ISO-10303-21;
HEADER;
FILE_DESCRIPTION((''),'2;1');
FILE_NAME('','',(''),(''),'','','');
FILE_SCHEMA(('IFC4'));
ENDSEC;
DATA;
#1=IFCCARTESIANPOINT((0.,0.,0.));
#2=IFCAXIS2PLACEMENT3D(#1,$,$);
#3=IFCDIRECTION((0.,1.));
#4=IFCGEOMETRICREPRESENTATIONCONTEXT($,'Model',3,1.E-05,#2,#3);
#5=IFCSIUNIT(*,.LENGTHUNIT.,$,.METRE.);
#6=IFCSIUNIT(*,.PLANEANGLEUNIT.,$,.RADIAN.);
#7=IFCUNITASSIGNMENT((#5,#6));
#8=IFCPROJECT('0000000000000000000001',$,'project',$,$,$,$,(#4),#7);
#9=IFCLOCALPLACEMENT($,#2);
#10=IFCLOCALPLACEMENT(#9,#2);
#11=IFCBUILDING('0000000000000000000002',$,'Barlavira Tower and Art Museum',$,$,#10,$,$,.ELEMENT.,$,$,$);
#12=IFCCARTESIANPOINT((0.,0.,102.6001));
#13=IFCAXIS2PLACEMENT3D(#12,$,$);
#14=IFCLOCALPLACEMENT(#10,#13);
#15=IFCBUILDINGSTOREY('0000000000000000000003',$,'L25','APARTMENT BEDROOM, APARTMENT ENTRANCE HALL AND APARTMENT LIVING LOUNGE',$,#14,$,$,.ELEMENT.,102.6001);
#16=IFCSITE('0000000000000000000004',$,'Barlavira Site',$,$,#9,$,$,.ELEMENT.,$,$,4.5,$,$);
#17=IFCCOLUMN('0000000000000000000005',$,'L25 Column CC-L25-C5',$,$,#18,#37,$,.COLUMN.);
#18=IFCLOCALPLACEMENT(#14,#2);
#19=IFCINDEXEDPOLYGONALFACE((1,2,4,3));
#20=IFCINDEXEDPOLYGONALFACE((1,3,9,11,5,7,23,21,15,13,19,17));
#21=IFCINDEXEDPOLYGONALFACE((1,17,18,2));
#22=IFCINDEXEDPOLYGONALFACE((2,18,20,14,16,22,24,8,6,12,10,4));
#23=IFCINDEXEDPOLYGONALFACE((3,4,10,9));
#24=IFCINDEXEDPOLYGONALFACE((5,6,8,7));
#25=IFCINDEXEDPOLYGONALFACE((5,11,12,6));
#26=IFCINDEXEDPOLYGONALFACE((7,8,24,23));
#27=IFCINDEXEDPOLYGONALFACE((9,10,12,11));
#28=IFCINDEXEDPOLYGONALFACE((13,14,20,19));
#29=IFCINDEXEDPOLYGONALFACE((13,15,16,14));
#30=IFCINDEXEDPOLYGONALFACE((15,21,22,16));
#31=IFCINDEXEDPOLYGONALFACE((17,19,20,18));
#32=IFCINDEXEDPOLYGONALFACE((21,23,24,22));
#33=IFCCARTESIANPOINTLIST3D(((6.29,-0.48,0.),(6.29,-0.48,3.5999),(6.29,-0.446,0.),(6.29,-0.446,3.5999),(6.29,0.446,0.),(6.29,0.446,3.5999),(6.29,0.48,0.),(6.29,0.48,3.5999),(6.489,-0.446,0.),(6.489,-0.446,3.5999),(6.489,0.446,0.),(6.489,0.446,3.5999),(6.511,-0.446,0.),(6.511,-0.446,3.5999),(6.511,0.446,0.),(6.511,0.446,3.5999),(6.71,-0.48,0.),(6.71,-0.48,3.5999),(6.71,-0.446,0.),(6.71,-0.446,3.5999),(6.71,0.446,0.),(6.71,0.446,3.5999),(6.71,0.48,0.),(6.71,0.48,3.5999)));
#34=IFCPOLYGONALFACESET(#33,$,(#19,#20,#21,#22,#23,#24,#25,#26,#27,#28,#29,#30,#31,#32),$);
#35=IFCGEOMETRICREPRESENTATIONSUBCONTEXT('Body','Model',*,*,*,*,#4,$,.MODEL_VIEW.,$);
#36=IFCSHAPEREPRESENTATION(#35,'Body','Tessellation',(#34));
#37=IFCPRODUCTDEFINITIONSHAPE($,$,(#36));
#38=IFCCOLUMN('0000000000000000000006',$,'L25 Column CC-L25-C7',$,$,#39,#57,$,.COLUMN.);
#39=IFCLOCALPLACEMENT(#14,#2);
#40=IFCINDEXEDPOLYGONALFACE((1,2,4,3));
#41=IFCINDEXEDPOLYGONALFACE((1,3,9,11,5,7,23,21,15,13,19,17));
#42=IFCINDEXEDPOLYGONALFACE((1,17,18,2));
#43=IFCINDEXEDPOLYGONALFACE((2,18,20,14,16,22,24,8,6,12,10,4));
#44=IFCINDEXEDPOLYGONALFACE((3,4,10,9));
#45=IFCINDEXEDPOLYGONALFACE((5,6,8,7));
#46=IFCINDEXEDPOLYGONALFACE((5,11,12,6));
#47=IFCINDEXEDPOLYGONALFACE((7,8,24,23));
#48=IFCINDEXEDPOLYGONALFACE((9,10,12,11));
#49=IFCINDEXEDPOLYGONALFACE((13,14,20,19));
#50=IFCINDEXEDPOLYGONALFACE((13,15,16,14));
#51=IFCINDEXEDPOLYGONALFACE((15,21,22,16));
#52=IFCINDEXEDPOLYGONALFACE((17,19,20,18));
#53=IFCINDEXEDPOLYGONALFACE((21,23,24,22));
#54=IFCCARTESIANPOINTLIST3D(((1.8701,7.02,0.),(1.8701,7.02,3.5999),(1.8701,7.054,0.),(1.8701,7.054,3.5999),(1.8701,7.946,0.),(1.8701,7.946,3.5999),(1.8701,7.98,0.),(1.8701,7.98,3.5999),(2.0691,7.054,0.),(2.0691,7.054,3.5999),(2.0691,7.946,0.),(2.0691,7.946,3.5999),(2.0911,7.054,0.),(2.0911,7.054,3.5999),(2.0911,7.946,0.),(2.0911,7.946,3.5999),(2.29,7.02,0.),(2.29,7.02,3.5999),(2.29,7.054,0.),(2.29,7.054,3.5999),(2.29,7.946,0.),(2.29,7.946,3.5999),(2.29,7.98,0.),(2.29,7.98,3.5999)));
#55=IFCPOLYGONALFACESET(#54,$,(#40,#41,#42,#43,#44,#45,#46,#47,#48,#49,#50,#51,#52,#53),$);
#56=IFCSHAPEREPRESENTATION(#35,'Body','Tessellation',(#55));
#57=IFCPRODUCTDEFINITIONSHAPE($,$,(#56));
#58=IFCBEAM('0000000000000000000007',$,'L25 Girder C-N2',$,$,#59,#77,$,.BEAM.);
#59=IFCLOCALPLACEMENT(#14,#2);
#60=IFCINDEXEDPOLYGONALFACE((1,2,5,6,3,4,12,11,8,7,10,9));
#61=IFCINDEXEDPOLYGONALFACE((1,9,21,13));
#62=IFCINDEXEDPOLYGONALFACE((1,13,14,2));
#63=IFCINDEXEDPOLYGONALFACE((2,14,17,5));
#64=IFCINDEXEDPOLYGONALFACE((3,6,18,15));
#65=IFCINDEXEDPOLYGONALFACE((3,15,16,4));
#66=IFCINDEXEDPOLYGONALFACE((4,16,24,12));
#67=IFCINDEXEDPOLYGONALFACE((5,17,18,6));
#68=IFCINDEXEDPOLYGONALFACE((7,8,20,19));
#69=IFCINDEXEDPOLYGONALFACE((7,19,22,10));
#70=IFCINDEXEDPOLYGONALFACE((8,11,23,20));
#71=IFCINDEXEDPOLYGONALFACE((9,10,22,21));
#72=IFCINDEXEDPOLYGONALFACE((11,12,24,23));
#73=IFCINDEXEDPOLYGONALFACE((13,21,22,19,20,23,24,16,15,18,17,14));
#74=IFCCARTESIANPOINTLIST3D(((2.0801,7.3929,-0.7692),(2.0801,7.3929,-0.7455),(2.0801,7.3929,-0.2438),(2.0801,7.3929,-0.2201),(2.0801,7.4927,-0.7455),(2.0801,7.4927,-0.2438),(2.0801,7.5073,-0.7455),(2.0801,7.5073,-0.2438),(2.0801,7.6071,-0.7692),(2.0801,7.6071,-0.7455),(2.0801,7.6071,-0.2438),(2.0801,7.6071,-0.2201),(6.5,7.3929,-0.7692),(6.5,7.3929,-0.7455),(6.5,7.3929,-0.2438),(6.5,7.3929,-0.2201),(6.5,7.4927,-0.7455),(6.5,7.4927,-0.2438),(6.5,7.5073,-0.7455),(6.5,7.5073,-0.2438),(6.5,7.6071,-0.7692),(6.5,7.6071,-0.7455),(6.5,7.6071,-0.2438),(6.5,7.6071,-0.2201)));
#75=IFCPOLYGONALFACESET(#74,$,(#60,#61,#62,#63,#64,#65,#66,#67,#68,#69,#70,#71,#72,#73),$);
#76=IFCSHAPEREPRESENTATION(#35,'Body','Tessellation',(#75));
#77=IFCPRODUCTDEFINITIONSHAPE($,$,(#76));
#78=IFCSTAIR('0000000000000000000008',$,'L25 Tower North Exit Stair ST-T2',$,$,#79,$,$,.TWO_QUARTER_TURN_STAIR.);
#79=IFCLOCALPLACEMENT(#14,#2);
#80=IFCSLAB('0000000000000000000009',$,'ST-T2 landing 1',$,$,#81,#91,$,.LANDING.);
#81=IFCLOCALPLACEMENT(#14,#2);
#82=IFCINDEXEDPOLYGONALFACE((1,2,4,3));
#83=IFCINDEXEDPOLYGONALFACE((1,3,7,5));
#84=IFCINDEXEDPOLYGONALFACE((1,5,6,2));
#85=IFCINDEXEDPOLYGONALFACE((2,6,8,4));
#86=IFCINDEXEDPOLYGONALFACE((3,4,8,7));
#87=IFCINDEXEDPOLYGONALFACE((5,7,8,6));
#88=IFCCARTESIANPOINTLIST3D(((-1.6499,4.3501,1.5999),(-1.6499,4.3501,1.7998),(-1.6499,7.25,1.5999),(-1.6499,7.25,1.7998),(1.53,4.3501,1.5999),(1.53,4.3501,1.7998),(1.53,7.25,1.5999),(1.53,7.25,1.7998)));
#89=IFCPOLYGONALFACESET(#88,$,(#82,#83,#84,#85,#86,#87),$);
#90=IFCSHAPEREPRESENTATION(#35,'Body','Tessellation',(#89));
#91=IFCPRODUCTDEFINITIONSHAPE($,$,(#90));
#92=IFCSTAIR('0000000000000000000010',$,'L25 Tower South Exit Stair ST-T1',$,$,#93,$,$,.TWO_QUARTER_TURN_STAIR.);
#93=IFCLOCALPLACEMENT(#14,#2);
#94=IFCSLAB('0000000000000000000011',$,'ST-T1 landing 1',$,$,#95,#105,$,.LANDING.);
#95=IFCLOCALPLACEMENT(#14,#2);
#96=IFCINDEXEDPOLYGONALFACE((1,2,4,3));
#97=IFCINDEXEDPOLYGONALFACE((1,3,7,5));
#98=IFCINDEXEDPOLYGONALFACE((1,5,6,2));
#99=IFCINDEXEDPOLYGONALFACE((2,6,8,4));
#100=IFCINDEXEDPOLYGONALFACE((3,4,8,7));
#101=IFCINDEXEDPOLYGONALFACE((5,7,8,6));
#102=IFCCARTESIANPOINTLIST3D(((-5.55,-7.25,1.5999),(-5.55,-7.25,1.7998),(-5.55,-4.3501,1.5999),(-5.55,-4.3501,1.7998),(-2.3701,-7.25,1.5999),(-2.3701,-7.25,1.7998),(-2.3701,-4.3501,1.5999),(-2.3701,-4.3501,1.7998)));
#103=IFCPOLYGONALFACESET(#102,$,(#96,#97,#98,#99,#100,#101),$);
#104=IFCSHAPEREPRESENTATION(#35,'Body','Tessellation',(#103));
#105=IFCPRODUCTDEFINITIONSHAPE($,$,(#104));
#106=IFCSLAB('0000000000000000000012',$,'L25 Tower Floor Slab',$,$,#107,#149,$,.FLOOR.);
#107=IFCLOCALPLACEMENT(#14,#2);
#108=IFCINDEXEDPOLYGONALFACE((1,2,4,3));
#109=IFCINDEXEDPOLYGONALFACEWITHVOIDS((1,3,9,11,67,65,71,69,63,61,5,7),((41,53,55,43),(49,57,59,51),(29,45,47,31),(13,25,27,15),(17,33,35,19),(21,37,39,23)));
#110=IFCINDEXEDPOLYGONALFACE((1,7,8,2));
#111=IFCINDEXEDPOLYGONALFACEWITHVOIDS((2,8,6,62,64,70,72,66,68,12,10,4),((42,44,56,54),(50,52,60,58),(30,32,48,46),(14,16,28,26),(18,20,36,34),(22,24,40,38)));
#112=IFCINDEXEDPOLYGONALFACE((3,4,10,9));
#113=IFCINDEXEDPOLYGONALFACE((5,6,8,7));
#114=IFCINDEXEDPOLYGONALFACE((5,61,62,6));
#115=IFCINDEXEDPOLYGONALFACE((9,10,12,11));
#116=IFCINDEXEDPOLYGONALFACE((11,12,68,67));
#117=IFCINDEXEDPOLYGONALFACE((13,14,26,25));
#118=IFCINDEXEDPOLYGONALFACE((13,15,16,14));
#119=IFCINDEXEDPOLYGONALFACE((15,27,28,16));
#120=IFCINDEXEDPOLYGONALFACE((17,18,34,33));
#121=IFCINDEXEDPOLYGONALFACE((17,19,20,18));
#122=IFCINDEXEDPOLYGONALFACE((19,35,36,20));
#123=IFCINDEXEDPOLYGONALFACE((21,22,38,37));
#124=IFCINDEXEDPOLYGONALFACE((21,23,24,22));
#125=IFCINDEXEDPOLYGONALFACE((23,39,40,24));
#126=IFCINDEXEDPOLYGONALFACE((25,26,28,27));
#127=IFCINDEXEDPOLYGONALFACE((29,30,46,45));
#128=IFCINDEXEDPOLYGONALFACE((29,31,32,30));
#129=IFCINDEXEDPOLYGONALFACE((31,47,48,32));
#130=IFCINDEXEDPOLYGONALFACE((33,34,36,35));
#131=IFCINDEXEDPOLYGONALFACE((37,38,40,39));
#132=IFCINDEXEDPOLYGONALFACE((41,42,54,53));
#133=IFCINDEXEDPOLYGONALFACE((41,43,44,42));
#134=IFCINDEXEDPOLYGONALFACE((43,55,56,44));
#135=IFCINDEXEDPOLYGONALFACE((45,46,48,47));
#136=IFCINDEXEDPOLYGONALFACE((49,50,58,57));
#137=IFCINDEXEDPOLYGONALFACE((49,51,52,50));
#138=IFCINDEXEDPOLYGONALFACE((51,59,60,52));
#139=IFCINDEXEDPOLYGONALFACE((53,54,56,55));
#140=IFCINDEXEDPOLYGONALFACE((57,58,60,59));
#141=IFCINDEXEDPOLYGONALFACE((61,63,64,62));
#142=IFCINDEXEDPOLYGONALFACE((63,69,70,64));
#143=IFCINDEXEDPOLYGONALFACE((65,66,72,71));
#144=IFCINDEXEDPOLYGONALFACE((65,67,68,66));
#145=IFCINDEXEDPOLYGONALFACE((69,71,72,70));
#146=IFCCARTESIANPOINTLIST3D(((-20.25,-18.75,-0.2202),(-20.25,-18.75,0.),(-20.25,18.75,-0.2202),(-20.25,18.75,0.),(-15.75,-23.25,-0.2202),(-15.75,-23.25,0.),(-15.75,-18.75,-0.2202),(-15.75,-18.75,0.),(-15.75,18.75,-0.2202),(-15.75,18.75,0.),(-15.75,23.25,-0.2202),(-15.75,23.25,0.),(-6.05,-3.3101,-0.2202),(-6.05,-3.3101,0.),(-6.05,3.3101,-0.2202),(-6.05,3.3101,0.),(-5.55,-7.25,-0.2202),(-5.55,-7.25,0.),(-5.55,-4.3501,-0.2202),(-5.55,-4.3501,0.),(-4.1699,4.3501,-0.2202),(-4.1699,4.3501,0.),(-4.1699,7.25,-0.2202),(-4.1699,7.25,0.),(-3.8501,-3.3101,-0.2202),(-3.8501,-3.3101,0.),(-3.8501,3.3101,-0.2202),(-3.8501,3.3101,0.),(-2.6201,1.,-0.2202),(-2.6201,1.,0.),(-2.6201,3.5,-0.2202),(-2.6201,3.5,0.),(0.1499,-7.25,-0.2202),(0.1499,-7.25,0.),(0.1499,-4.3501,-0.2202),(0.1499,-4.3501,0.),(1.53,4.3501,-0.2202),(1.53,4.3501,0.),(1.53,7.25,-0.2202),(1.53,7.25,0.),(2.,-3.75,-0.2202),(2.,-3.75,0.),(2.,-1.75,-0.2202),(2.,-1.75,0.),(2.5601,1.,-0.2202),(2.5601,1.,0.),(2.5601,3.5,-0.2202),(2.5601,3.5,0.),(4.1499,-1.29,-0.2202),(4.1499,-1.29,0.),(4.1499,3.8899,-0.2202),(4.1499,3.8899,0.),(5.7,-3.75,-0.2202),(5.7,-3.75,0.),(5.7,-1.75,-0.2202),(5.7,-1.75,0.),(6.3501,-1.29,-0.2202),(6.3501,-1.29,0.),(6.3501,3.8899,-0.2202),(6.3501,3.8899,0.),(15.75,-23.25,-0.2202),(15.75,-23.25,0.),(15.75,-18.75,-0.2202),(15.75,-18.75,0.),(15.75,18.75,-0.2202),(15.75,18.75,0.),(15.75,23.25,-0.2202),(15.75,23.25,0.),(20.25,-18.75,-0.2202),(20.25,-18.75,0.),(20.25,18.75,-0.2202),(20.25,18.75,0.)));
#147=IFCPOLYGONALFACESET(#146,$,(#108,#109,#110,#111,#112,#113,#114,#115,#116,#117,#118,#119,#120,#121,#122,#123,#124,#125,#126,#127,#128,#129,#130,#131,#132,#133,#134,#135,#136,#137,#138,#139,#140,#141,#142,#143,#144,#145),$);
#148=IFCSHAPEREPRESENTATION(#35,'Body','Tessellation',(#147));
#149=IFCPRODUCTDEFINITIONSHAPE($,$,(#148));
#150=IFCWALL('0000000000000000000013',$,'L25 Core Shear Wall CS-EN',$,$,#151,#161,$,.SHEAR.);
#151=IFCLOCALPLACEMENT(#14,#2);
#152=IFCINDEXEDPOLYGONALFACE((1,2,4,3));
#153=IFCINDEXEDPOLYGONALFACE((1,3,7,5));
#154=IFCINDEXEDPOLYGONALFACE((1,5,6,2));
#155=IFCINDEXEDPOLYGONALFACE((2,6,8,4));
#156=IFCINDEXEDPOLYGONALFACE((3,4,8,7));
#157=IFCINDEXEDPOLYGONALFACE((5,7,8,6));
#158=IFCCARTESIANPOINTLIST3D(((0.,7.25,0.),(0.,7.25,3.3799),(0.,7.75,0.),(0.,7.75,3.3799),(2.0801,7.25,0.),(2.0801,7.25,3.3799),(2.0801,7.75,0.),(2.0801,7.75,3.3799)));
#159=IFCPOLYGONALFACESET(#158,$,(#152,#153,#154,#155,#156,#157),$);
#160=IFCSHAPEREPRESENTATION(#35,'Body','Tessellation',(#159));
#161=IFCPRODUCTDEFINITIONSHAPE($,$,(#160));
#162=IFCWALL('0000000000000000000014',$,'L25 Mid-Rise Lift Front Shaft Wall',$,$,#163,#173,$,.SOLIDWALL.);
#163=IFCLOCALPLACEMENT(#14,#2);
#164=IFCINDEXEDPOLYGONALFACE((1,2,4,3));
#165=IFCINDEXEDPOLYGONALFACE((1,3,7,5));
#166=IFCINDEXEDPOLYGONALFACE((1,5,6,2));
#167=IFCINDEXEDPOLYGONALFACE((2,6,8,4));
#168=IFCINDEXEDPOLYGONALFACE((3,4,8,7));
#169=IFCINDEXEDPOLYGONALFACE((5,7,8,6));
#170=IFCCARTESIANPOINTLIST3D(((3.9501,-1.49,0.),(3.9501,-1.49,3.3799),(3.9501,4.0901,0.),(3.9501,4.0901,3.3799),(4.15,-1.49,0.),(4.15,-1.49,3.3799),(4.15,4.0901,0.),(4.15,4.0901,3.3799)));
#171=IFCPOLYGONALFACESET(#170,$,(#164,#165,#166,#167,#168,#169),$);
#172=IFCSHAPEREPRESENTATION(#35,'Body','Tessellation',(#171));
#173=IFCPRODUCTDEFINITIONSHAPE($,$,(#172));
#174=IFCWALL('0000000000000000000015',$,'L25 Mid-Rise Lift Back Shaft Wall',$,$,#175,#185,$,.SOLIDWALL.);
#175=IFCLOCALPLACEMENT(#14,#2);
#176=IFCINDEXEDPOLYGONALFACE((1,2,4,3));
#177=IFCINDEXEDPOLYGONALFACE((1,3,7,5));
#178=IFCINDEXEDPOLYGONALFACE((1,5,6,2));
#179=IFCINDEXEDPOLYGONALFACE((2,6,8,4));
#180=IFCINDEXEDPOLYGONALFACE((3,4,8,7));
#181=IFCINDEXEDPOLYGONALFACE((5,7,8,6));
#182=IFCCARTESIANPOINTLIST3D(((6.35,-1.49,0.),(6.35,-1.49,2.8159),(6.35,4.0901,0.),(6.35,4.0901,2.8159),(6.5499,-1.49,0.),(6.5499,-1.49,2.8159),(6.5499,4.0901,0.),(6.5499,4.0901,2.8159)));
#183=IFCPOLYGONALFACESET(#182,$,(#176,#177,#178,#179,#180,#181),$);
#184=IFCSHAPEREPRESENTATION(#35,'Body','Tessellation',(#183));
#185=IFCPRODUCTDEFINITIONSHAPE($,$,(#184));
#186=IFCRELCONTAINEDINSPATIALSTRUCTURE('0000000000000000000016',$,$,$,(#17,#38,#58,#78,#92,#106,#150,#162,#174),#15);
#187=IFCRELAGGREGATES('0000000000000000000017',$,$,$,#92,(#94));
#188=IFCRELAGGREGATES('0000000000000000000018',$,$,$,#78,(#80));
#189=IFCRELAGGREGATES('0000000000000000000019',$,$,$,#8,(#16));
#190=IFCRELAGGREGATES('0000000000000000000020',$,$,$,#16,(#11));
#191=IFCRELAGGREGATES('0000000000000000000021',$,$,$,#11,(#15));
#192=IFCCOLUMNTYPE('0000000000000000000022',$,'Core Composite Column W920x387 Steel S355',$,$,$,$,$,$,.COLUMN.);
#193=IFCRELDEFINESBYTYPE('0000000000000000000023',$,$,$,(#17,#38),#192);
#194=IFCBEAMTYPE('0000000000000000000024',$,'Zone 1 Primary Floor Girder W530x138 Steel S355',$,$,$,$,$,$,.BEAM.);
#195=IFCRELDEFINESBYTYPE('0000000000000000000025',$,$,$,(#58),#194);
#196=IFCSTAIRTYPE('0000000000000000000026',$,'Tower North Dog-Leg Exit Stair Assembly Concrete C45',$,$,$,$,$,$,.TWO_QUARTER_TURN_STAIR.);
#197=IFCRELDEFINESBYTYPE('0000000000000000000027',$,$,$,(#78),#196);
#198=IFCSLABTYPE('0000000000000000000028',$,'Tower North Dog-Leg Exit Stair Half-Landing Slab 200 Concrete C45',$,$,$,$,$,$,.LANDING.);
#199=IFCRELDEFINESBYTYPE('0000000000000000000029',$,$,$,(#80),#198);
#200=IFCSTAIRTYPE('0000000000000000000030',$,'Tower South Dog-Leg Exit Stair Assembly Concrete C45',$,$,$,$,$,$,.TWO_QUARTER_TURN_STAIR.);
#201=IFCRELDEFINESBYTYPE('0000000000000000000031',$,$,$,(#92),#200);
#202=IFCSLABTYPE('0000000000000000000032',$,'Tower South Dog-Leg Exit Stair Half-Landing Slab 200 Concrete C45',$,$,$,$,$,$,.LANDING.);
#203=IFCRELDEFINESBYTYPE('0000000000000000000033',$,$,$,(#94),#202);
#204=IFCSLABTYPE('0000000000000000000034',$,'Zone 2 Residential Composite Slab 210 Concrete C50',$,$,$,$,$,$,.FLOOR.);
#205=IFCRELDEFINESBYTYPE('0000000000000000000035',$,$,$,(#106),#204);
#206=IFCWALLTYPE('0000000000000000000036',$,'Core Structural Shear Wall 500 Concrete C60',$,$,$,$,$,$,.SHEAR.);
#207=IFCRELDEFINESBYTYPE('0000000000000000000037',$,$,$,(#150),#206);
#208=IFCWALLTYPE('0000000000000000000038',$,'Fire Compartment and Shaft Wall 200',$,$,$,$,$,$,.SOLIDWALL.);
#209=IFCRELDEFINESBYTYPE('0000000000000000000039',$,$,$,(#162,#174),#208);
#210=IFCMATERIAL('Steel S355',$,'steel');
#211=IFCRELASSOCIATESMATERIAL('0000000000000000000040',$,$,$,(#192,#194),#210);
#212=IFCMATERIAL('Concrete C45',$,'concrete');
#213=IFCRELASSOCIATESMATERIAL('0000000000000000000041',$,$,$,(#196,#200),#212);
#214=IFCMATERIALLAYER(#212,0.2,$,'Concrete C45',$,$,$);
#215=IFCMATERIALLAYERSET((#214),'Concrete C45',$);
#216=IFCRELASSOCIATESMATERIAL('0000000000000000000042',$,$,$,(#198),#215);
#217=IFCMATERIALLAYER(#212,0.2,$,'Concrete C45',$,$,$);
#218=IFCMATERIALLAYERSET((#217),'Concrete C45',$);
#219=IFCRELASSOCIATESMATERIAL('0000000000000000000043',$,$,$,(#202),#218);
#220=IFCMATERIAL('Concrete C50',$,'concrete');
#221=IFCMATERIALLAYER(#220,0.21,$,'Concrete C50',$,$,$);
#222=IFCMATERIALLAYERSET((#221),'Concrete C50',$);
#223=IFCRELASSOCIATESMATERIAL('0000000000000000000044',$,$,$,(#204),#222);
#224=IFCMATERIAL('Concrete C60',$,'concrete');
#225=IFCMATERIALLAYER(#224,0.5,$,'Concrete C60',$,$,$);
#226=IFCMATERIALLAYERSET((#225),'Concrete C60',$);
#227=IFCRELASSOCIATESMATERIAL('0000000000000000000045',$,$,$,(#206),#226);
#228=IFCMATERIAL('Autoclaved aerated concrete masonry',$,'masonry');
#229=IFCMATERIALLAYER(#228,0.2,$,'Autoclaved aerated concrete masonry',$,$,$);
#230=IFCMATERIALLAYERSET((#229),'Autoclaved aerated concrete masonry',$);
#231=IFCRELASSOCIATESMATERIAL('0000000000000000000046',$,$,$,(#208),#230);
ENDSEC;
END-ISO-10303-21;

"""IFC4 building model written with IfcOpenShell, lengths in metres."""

from ifc_helpers import new_model, si_unit, direction, frame, frame_2d, origin, origin_2d, place, context, subcontext, project, spatial, polyline, rectangle, i_section, outline, extrude, material, layer, layer_set, material_profile, profile_set, type_object, element, aggregate, save


model = new_model("IFC4")

# Units and contexts
model_context = context("Model", 3, precision=1e-05, world=origin(), true_north=direction((0.0, 1.0)))
body_context = subcontext(model_context, "Body", "Model", "MODEL_VIEW")
ifc_project = project(units=[si_unit("LENGTHUNIT", "METRE"), si_unit("PLANEANGLEUNIT", "RADIAN")], contexts=[model_context])

# Site, building, storey
site_placement = place(None, origin())
site = spatial("IfcSite", under=ifc_project, at=site_placement, Name="Barlavira Site", CompositionType="ELEMENT", RefElevation=4.5)
building_placement = place(site_placement, origin())
building = spatial("IfcBuilding", under=site, at=building_placement, Name="Barlavira Tower and Art Museum", CompositionType="ELEMENT")
storey_placement = place(building_placement, frame((0.0, 0.0, 102.6001)))
storey = spatial("IfcBuildingStorey", under=building, at=storey_placement, Name="L25", Description="APARTMENT BEDROOM, APARTMENT ENTRANCE HALL AND APARTMENT LIVING LOUNGE", CompositionType="ELEMENT", Elevation=102.6001)

# Columns
ifc_material_1 = material(Name="Steel S355", Category="steel")
ifc_material_profile_1 = material_profile(ifc_material_1, i_section(OverallWidth=0.4199, OverallDepth=0.96, WebThickness=0.022, FlangeThickness=0.0339, at=origin_2d()), Name="W920x387.0")
ifc_profile_set_1 = profile_set([ifc_material_profile_1], Name="Steel S355")
column_type = type_object("IfcColumnType", Name="Core Composite Column W920x387 Steel S355", PredefinedType="COLUMN", material=ifc_profile_set_1)
for number, where, z_axis, x_axis, name in (
    (1, (6.5, 0.0, 0.0), (0.0, 0.0, 1.0), (1.0, 0.0, 0.0), "L25 Column CC-L25-C5"),
    (2, (2.0801, 7.5, 0.0), (0.0, 0.0, 1.0), (1.0, 0.0, 0.0), "L25 Column CC-L25-C7"),
):
    element("IfcColumn", number, at=place(storey_placement, frame(where, z_axis=z_axis, x_axis=x_axis)), inside=storey, type_object=column_type, Name=name, PredefinedType="COLUMN", context=body_context, shape_type="SweptSolid", body=[
        extrude(i_section(OverallWidth=0.4199, OverallDepth=0.96, WebThickness=0.022, FlangeThickness=0.0339, at=origin_2d()), origin(), (0.0, 0.0, 1.0), 3.5999),
    ])

# Beam
ifc_material_profile_2 = material_profile(ifc_material_1, i_section(OverallWidth=0.2141, OverallDepth=0.5491, WebThickness=0.0146, FlangeThickness=0.0237, at=origin_2d()), Name="W530x138.0")
ifc_profile_set_2 = profile_set([ifc_material_profile_2], Name="Steel S355")
beam_type = type_object("IfcBeamType", Name="Zone 1 Primary Floor Girder W530x138 Steel S355", PredefinedType="BEAM", material=ifc_profile_set_2)
beam_placement = place(storey_placement, frame((2.0801, 7.5, -0.4946), z_axis=(1.0, 0.0, 0.0), x_axis=(0.0, 1.0, 0.0)))
element("IfcBeam", 3, at=beam_placement, inside=storey, type_object=beam_type, Name="L25 Girder C-N2", PredefinedType="BEAM", context=body_context, shape_type="SweptSolid", body=[
    extrude(i_section(OverallWidth=0.2141, OverallDepth=0.5491, WebThickness=0.0146, FlangeThickness=0.0237, at=origin_2d()), origin(), (0.0, 0.0, 1.0), 4.4199),
])

# Stairs, slabs
ifc_material_2 = material(Name="Concrete C45", Category="concrete")
stair_type_1 = type_object("IfcStairType", Name="Tower North Dog-Leg Exit Stair Assembly Concrete C45", PredefinedType="TWO_QUARTER_TURN_STAIR", material=ifc_material_2)
stair_1_placement = place(storey_placement, origin())
stair_1 = element("IfcStair", 4, at=stair_1_placement, inside=storey, type_object=stair_type_1, Name="L25 Tower North Exit Stair ST-T2", PredefinedType="TWO_QUARTER_TURN_STAIR")
ifc_layer_1 = layer(ifc_material_2, 0.2, Name="Concrete C45")
ifc_layer_set_1 = layer_set([ifc_layer_1], Name="Concrete C45")
slab_type_1 = type_object("IfcSlabType", Name="Tower North Dog-Leg Exit Stair Half-Landing Slab 200 Concrete C45", PredefinedType="LANDING", material=ifc_layer_set_1)
slab_1_placement = place(storey_placement, frame((0.0, 0.0, 1.5999)))
slab_1 = element("IfcSlab", 5, at=slab_1_placement, type_object=slab_type_1, Name="ST-T2 landing 1", PredefinedType="LANDING", context=body_context, shape_type="SweptSolid", body=[
    extrude(outline(polyline([(-1.6499, 4.3501), (1.53, 4.3501), (1.53, 7.25), (-1.6499, 7.25), (-1.6499, 4.3501)])), origin(), (0.0, 0.0, 1.0), 0.2),
])
stair_type_2 = type_object("IfcStairType", Name="Tower South Dog-Leg Exit Stair Assembly Concrete C45", PredefinedType="TWO_QUARTER_TURN_STAIR", material=ifc_material_2)
stair_2_placement = place(storey_placement, origin())
stair_2 = element("IfcStair", 6, at=stair_2_placement, inside=storey, type_object=stair_type_2, Name="L25 Tower South Exit Stair ST-T1", PredefinedType="TWO_QUARTER_TURN_STAIR")
ifc_layer_2 = layer(ifc_material_2, 0.2, Name="Concrete C45")
ifc_layer_set_2 = layer_set([ifc_layer_2], Name="Concrete C45")
slab_type_2 = type_object("IfcSlabType", Name="Tower South Dog-Leg Exit Stair Half-Landing Slab 200 Concrete C45", PredefinedType="LANDING", material=ifc_layer_set_2)
slab_2_placement = place(storey_placement, frame((0.0, 0.0, 1.5999)))
slab_2 = element("IfcSlab", 7, at=slab_2_placement, type_object=slab_type_2, Name="ST-T1 landing 1", PredefinedType="LANDING", context=body_context, shape_type="SweptSolid", body=[
    extrude(outline(polyline([(-2.3701, -4.3501), (-5.55, -4.3501), (-5.55, -7.25), (-2.3701, -7.25), (-2.3701, -4.3501)])), origin(), (0.0, 0.0, 1.0), 0.2),
])
aggregate(stair_2, [slab_2])

# Slab
ifc_material_3 = material(Name="Concrete C50", Category="concrete")
ifc_layer_3 = layer(ifc_material_3, 0.21, Name="Concrete C50")
ifc_layer_set_3 = layer_set([ifc_layer_3], Name="Concrete C50")
slab_type_3 = type_object("IfcSlabType", Name="Zone 2 Residential Composite Slab 210 Concrete C50", PredefinedType="FLOOR", material=ifc_layer_set_3)
slab_3_placement = place(storey_placement, frame((0.0, 0.0, -0.2202)))
element("IfcSlab", 8, at=slab_3_placement, inside=storey, type_object=slab_type_3, Name="L25 Tower Floor Slab", PredefinedType="FLOOR", context=body_context, shape_type="SweptSolid", body=[
    extrude(outline(polyline([(-15.75, -23.25), (15.75, -23.25), (15.75, -18.75), (20.25, -18.75), (20.25, 18.75), (15.75, 18.75), (15.75, 23.25), (-15.75, 23.25), (-15.75, 18.75), (-20.25, 18.75), (-20.25, -18.75), (-15.75, -18.75), (-15.75, -23.25)]), holes=[polyline([(0.1499, -4.3501), (-5.55, -4.3501), (-5.55, -7.25), (0.1499, -7.25), (0.1499, -4.3501)]), polyline([(-4.1699, 4.3501), (1.53, 4.3501), (1.53, 7.25), (-4.1699, 7.25), (-4.1699, 4.3501)]), polyline([(-6.05, -3.3101), (-3.8501, -3.3101), (-3.8501, 3.3101), (-6.05, 3.3101), (-6.05, -3.3101)]), polyline([(4.1499, -1.29), (6.3501, -1.29), (6.3501, 3.8899), (4.1499, 3.8899), (4.1499, -1.29)]), polyline([(-2.6201, 1.0), (2.5601, 1.0), (2.5601, 3.5), (-2.6201, 3.5), (-2.6201, 1.0)]), polyline([(2.0, -3.75), (5.7, -3.75), (5.7, -1.75), (2.0, -1.75), (2.0, -3.75)])]), origin(), (0.0, 0.0, 1.0), 0.2202),
])

# Walls
ifc_material_4 = material(Name="Concrete C60", Category="concrete")
ifc_layer_4 = layer(ifc_material_4, 0.5, Name="Concrete C60")
ifc_layer_set_4 = layer_set([ifc_layer_4], Name="Concrete C60")
wall_type_1 = type_object("IfcWallType", Name="Core Structural Shear Wall 500 Concrete C60", PredefinedType="SHEAR", material=ifc_layer_set_4)
wall_1_placement = place(storey_placement, frame((0.0, 7.5, 0.0), z_axis=(0.0, 0.0, 1.0), x_axis=(1.0, 0.0, 0.0)))
element("IfcWall", 9, at=wall_1_placement, inside=storey, type_object=wall_type_1, Name="L25 Core Shear Wall CS-EN", PredefinedType="SHEAR", context=body_context, shape_type="SweptSolid", body=[
    extrude(rectangle(XDim=2.0801, YDim=0.5, at=frame_2d((1.04, 0.0))), origin(), (0.0, 0.0, 1.0), 3.3799),
])
ifc_material_5 = material(Name="Autoclaved aerated concrete masonry", Category="masonry")
ifc_layer_5 = layer(ifc_material_5, 0.2, Name="Autoclaved aerated concrete masonry")
ifc_layer_set_5 = layer_set([ifc_layer_5], Name="Autoclaved aerated concrete masonry")
wall_type_2 = type_object("IfcWallType", Name="Fire Compartment and Shaft Wall 200", PredefinedType="SOLIDWALL", material=ifc_layer_set_5)
wall_2_placement = place(storey_placement, frame((4.05, -1.49, 0.0), z_axis=(0.0, 0.0, 1.0), x_axis=(0.0, 1.0, 0.0)))
element("IfcWall", 10, at=wall_2_placement, inside=storey, type_object=wall_type_2, Name="L25 Mid-Rise Lift Front Shaft Wall", PredefinedType="SOLIDWALL", context=body_context, shape_type="SweptSolid", body=[
    extrude(rectangle(XDim=5.5801, YDim=0.2, at=frame_2d((2.79, 0.0))), origin(), (0.0, 0.0, 1.0), 3.3799),
])
wall_3_placement = place(storey_placement, frame((6.45, -1.49, 0.0), z_axis=(0.0, 0.0, 1.0), x_axis=(0.0, 1.0, 0.0)))
element("IfcWall", 11, at=wall_3_placement, inside=storey, type_object=wall_type_2, Name="L25 Mid-Rise Lift Back Shaft Wall", PredefinedType="SOLIDWALL", context=body_context, shape_type="SweptSolid", body=[
    extrude(rectangle(XDim=5.5801, YDim=0.2, at=frame_2d((2.79, 0.0))), origin(), (0.0, 0.0, 1.0), 2.8159),
])

aggregate(stair_1, [slab_1])

save(model, "model.ifc")
